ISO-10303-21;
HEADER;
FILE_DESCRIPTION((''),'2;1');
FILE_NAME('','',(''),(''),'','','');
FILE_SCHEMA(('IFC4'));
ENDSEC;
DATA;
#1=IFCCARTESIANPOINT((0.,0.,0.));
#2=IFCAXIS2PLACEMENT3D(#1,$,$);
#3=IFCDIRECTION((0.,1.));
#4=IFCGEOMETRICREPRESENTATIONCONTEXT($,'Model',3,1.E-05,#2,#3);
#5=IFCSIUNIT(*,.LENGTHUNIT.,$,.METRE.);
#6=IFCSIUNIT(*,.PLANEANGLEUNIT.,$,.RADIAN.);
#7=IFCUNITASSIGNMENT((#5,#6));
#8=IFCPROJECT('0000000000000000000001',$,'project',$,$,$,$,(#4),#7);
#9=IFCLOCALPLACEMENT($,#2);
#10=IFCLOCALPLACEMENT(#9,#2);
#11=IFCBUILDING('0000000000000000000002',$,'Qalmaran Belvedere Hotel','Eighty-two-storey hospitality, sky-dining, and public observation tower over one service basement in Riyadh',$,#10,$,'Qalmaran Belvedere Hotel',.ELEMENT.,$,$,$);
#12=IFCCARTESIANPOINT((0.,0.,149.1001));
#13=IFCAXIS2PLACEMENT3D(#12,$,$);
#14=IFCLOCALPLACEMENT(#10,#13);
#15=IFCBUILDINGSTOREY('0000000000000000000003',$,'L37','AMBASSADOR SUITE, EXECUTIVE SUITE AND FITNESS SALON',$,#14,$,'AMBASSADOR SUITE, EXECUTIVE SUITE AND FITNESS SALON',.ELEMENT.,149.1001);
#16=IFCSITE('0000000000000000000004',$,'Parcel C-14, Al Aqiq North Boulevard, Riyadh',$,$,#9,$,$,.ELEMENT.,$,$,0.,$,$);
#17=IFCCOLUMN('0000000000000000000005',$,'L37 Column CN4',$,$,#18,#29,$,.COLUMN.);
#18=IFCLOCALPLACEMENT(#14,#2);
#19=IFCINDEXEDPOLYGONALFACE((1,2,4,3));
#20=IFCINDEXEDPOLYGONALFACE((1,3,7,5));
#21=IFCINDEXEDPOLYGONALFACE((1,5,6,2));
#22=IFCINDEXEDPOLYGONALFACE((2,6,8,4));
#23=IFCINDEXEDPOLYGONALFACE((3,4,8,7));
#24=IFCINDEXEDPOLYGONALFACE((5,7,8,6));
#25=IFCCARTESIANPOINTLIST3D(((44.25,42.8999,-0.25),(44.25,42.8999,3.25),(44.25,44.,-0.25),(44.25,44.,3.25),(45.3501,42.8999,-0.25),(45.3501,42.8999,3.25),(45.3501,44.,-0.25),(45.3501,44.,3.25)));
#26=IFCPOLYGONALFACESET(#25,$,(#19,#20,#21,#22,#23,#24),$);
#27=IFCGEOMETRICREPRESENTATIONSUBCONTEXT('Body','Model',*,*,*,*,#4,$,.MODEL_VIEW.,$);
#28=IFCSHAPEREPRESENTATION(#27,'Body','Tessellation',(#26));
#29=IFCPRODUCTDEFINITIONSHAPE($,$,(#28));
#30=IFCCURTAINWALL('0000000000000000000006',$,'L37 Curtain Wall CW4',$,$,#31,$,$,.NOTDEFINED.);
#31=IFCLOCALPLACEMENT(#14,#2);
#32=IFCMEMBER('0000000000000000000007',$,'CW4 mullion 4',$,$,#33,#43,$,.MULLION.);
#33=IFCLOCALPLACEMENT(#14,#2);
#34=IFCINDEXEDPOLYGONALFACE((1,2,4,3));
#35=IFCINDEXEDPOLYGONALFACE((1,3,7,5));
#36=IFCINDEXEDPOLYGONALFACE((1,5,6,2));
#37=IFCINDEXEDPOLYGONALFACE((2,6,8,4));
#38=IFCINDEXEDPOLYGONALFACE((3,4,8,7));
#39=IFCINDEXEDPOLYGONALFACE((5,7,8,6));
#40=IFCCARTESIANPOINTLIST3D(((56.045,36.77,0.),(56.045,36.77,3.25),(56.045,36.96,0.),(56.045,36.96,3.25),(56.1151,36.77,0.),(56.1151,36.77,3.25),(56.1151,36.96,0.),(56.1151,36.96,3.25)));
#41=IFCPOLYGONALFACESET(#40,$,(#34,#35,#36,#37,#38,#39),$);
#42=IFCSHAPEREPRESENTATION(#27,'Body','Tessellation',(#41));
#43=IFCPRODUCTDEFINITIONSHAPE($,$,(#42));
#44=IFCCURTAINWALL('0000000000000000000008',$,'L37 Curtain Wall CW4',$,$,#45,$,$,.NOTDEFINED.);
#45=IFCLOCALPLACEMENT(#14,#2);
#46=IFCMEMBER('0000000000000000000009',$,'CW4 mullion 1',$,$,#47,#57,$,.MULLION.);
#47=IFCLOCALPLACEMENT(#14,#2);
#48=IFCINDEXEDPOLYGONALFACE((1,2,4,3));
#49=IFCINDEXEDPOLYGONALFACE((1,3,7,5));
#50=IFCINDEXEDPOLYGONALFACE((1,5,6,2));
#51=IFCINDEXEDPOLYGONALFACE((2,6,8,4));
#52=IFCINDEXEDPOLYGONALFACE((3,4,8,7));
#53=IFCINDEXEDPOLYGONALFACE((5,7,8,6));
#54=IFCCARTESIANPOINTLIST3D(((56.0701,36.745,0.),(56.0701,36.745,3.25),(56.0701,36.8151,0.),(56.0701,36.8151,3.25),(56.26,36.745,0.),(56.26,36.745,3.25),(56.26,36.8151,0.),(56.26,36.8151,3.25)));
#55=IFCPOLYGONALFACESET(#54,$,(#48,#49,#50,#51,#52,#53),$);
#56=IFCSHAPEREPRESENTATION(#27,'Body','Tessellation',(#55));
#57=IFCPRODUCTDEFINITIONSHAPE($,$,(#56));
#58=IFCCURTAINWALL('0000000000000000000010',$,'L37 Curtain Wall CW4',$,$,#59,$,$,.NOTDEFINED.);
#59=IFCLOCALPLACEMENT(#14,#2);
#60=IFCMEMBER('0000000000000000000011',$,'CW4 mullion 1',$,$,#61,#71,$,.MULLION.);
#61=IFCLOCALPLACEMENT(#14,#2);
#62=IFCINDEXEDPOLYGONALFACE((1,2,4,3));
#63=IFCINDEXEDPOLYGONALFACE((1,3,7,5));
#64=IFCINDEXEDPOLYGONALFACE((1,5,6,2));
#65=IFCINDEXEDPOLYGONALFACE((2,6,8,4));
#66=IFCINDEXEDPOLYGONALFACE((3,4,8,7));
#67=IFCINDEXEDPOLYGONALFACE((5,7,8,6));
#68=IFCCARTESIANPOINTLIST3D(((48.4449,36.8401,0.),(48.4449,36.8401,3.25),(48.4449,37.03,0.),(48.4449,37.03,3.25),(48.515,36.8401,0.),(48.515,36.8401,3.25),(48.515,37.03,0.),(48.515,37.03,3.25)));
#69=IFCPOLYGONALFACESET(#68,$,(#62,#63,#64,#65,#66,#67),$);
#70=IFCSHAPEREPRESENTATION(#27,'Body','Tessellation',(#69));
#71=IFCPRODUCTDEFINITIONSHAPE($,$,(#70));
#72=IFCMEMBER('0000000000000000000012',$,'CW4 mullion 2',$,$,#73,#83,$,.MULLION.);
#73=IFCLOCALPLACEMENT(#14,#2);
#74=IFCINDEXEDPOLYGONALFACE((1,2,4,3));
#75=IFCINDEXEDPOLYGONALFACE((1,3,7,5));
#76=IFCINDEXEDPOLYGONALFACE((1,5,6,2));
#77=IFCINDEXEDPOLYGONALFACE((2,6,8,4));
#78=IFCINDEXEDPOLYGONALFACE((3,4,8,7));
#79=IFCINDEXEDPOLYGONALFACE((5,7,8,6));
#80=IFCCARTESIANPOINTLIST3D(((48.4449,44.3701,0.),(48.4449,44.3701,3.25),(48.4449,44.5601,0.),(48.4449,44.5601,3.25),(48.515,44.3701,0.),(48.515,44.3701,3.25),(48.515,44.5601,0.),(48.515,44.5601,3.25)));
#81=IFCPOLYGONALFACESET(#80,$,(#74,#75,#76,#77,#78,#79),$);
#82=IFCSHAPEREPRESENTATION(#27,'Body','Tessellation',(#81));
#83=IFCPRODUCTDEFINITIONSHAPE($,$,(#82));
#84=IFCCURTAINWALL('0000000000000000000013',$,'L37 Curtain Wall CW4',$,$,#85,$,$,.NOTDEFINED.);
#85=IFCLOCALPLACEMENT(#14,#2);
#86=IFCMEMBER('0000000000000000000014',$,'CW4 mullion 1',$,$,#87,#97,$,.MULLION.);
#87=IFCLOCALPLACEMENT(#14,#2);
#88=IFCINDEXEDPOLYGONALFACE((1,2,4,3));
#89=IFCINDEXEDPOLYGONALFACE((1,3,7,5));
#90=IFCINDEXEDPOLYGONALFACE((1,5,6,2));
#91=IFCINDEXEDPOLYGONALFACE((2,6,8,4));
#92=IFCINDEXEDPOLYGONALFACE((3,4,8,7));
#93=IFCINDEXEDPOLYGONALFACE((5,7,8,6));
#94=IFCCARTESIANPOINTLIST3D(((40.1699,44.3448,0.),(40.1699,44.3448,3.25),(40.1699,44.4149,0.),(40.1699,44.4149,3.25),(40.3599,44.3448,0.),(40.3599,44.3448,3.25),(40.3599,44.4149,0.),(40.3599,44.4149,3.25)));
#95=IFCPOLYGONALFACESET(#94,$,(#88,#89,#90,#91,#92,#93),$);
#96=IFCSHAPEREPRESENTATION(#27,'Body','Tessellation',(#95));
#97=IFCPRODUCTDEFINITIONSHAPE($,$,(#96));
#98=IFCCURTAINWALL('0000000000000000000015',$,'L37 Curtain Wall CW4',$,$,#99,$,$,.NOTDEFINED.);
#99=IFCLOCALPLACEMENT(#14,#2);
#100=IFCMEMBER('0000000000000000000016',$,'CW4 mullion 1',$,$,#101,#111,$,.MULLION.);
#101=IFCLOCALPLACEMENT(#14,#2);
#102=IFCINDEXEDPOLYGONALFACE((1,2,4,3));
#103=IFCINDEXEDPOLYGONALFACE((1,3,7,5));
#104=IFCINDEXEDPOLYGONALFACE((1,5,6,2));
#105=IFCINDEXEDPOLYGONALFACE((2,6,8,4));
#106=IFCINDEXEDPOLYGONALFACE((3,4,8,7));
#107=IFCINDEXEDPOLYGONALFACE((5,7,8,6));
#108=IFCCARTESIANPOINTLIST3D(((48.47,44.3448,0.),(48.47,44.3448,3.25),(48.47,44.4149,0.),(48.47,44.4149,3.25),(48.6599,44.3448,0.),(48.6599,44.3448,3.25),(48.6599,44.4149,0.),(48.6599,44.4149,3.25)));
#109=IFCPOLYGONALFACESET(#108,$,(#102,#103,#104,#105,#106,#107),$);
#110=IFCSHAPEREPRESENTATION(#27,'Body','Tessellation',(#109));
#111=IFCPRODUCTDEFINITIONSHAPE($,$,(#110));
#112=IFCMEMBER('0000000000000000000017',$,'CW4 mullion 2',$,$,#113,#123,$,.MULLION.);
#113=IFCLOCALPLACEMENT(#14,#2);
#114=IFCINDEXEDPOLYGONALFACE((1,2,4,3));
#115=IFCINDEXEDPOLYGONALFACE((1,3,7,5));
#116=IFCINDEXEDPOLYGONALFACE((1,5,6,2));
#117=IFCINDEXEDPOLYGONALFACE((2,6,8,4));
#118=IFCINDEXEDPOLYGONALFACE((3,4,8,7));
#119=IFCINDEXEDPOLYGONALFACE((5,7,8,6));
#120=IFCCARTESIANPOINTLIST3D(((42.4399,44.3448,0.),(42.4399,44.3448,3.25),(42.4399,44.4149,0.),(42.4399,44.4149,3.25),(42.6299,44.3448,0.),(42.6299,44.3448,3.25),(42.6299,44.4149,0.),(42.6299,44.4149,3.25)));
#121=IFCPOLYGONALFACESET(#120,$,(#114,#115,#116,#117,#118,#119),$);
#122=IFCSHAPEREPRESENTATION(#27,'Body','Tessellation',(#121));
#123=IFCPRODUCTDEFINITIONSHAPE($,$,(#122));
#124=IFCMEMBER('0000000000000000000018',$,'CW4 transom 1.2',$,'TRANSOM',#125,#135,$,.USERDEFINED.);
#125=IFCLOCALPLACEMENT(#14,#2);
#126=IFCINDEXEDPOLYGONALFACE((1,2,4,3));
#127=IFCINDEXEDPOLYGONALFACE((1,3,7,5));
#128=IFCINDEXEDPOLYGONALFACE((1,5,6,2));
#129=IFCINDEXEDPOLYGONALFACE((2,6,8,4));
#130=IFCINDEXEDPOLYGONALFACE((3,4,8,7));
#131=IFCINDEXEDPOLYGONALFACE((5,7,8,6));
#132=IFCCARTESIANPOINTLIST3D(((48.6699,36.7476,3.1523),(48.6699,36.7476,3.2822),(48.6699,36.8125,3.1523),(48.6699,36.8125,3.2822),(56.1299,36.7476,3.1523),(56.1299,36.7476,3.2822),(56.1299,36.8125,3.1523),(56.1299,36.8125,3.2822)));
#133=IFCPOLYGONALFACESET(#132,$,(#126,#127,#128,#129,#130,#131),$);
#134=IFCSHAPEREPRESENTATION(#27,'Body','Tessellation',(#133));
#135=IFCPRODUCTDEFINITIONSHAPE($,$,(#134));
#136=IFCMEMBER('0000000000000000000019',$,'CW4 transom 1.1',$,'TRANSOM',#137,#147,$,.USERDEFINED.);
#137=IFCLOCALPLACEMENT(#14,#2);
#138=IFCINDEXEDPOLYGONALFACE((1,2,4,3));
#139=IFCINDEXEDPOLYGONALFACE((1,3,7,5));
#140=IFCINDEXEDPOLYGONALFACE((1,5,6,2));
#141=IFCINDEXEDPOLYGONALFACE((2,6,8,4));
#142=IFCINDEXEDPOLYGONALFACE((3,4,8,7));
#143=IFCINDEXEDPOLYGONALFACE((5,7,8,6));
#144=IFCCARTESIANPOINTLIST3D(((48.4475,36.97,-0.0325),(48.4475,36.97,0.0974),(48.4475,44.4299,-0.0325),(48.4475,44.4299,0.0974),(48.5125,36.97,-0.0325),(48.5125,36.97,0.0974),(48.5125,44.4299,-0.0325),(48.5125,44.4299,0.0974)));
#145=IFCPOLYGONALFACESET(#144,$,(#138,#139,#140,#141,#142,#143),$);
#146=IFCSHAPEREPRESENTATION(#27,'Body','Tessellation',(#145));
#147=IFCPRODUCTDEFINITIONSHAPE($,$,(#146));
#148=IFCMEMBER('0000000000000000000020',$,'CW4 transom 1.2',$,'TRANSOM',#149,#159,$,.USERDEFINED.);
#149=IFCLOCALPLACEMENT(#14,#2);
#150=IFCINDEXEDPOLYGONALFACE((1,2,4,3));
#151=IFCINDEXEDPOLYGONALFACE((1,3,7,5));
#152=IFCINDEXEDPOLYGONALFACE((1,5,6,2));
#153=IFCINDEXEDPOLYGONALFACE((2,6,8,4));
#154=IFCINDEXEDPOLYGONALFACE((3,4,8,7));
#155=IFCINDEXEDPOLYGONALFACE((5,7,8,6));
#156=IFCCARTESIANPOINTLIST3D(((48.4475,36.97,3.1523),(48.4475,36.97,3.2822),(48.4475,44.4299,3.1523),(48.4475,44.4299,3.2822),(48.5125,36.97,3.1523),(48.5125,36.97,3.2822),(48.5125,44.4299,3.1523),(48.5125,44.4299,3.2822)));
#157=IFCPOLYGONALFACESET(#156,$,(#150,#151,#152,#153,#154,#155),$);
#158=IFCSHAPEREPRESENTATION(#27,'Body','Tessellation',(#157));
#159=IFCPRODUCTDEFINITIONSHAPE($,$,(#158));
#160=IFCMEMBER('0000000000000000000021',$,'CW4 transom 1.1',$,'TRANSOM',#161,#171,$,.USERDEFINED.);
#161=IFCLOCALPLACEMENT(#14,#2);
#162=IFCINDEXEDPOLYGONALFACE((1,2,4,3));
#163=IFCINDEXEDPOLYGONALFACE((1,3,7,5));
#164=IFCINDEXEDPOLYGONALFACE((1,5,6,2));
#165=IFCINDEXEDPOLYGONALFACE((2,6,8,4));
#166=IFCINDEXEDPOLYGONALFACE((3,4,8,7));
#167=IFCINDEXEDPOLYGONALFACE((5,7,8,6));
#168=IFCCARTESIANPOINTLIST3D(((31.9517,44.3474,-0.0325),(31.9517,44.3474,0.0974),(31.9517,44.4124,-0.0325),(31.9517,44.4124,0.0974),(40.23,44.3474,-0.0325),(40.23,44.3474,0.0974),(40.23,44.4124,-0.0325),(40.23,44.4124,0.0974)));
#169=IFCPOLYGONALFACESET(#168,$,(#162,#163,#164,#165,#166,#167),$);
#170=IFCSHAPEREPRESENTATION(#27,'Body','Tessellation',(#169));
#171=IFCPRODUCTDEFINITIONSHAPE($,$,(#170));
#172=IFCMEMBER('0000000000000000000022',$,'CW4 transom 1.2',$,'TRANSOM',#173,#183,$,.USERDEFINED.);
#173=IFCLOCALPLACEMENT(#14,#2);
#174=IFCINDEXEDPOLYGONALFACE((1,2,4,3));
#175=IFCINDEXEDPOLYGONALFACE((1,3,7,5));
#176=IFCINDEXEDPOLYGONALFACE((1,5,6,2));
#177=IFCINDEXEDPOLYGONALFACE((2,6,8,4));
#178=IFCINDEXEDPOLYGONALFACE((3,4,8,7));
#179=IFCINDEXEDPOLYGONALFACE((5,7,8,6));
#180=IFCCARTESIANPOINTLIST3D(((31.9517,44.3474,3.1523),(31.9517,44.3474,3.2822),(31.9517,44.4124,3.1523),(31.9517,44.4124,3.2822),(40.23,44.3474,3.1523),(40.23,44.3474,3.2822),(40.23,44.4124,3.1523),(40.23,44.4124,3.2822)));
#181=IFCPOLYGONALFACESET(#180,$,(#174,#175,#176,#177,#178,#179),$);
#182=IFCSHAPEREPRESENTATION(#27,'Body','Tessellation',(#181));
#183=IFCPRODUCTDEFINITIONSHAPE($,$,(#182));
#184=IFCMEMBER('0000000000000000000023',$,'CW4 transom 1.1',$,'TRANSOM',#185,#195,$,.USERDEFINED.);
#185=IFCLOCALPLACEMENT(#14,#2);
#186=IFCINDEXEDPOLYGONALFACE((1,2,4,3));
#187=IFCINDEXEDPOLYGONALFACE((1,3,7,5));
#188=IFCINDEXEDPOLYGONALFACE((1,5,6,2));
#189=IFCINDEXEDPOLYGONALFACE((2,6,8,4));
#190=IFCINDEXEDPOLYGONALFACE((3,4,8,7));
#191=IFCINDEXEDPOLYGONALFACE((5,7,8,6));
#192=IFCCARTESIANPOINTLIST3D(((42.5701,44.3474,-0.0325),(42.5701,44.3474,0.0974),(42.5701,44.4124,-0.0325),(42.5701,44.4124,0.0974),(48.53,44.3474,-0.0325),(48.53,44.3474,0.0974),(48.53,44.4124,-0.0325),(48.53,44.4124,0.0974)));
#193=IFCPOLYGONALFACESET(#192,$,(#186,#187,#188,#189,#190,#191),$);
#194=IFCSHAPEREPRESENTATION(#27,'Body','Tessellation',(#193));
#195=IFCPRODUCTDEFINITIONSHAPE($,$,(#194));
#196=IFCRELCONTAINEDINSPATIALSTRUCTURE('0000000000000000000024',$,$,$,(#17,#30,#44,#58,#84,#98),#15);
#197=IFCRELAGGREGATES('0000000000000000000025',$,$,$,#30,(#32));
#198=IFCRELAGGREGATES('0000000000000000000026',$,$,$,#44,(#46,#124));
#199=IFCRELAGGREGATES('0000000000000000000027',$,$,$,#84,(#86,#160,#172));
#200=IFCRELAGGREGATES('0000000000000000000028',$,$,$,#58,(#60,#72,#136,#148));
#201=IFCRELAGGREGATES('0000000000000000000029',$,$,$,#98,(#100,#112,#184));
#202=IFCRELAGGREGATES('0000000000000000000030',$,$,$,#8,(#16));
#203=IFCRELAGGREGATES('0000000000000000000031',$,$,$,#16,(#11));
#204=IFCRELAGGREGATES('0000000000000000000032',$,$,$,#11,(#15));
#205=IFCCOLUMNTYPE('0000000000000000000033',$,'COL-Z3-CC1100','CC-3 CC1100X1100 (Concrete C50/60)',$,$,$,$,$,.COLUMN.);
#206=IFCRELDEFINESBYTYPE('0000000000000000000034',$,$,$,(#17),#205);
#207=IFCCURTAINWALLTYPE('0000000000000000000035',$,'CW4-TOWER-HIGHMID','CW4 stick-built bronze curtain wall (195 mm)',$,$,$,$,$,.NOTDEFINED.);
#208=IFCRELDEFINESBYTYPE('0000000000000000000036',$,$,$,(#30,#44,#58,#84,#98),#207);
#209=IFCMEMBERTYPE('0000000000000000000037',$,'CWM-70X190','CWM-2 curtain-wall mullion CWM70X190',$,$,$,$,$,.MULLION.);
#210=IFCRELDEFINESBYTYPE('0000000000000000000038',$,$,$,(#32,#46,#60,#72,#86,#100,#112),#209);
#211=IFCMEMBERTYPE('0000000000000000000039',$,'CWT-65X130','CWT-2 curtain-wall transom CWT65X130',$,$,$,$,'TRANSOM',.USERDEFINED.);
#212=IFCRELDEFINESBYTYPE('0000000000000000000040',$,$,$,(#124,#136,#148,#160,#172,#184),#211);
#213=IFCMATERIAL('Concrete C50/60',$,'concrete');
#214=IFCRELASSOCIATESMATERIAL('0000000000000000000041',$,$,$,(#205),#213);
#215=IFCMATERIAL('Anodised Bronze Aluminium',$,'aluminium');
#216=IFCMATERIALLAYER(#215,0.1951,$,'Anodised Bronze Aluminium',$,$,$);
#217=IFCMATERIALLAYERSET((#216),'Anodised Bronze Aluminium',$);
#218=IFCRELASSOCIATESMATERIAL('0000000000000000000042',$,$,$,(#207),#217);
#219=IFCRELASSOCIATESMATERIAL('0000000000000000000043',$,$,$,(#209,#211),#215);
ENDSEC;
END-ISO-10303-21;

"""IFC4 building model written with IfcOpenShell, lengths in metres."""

from ifc_helpers import new_model, si_unit, direction, frame, origin, origin_2d, place, context, subcontext, project, spatial, rectangle, extrude, material, layer, layer_set, material_profile, profile_set, type_object, element, aggregate, save


model = new_model("IFC4")

# Units and contexts
model_context = context("Model", 3, precision=1e-05, world=origin(), true_north=direction((0.0, 1.0)))
body_context = subcontext(model_context, "Body", "Model", "MODEL_VIEW")
ifc_project = project(units=[si_unit("LENGTHUNIT", "METRE"), si_unit("PLANEANGLEUNIT", "RADIAN")], contexts=[model_context])

# Site, building, storey
site_placement = place(None, origin())
site = spatial("IfcSite", under=ifc_project, at=site_placement, Name="Parcel C-14, Al Aqiq North Boulevard, Riyadh", CompositionType="ELEMENT", RefElevation=0.0)
building_placement = place(site_placement, origin())
building = spatial("IfcBuilding", under=site, at=building_placement, Name="Qalmaran Belvedere Hotel", Description="Eighty-two-storey hospitality, sky-dining, and public observation tower over one service basement in Riyadh", LongName="Qalmaran Belvedere Hotel", CompositionType="ELEMENT")
storey_placement = place(building_placement, frame((0.0, 0.0, 149.1001)))
storey = spatial("IfcBuildingStorey", under=building, at=storey_placement, Name="L37", Description="AMBASSADOR SUITE, EXECUTIVE SUITE AND FITNESS SALON", LongName="AMBASSADOR SUITE, EXECUTIVE SUITE AND FITNESS SALON", CompositionType="ELEMENT", Elevation=149.1001)

# Column
ifc_material_1 = material(Name="Concrete C50/60", Category="concrete")
ifc_material_profile_1 = material_profile(ifc_material_1, rectangle(XDim=1.1001, YDim=1.1001, at=origin_2d()), Name="CC1100X1100")
ifc_profile_set_1 = profile_set([ifc_material_profile_1], Name="Concrete C50/60")
column_type = type_object("IfcColumnType", Name="COL-Z3-CC1100", Description="CC-3 CC1100X1100 (Concrete C50/60)", PredefinedType="COLUMN", material=ifc_profile_set_1)
column_placement = place(storey_placement, frame((44.8, 43.45, -0.25), z_axis=(0.0, 0.0, 1.0), x_axis=(1.0, 0.0, 0.0)))
element("IfcColumn", 1, at=column_placement, inside=storey, type_object=column_type, Name="L37 Column CN4", PredefinedType="COLUMN", context=body_context, shape_type="SweptSolid", body=[
    extrude(rectangle(XDim=1.1001, YDim=1.1001, at=origin_2d()), origin(), (0.0, 0.0, 1.0), 3.5),
])

# Curtain walls, members
ifc_material_2 = material(Name="Anodised Bronze Aluminium", Category="aluminium")
ifc_layer_1 = layer(ifc_material_2, 0.1951, Name="Anodised Bronze Aluminium")
ifc_layer_set_1 = layer_set([ifc_layer_1], Name="Anodised Bronze Aluminium")
curtain_wall_type = type_object("IfcCurtainWallType", Name="CW4-TOWER-HIGHMID", Description="CW4 stick-built bronze curtain wall (195 mm)", PredefinedType="NOTDEFINED", material=ifc_layer_set_1)
curtain_wall_1_placement = place(storey_placement, origin())
curtain_wall_1 = element("IfcCurtainWall", 2, at=curtain_wall_1_placement, inside=storey, type_object=curtain_wall_type, Name="L37 Curtain Wall CW4", PredefinedType="NOTDEFINED")
ifc_material_profile_2 = material_profile(ifc_material_2, rectangle(XDim=0.0701, YDim=0.1899, at=origin_2d()), Name="CWM70X190")
ifc_profile_set_2 = profile_set([ifc_material_profile_2], Name="Anodised Bronze Aluminium")
member_type_1 = type_object("IfcMemberType", Name="CWM-70X190", Description="CWM-2 curtain-wall mullion CWM70X190", PredefinedType="MULLION", material=ifc_profile_set_2)
member_1_placement = place(storey_placement, frame((56.0801, 36.865, 0.0), z_axis=(0.0, 0.0, 1.0), x_axis=(-1.0, 0.0, 0.0)))
member_1 = element("IfcMember", 3, at=member_1_placement, type_object=member_type_1, Name="CW4 mullion 4", PredefinedType="MULLION", context=body_context, shape_type="SweptSolid", body=[
    extrude(rectangle(XDim=0.0701, YDim=0.1899, at=origin_2d()), origin(), (0.0, 0.0, 1.0), 3.25),
])
aggregate(curtain_wall_1, [member_1])
curtain_wall_2_placement = place(storey_placement, origin())
curtain_wall_2 = element("IfcCurtainWall", 4, at=curtain_wall_2_placement, inside=storey, type_object=curtain_wall_type, Name="L37 Curtain Wall CW4", PredefinedType="NOTDEFINED")
member_2_placement = place(storey_placement, frame((56.165, 36.78, 0.0), z_axis=(0.0, 0.0, 1.0), x_axis=(0.0, -1.0, 0.0)))
member_2 = element("IfcMember", 5, at=member_2_placement, type_object=member_type_1, Name="CW4 mullion 1", PredefinedType="MULLION", context=body_context, shape_type="SweptSolid", body=[
    extrude(rectangle(XDim=0.0701, YDim=0.1899, at=origin_2d()), origin(), (0.0, 0.0, 1.0), 3.25),
])

# Curtain wall, members
curtain_wall_3_placement = place(storey_placement, origin())
curtain_wall_3 = element("IfcCurtainWall", 6, at=curtain_wall_3_placement, inside=storey, type_object=curtain_wall_type, Name="L37 Curtain Wall CW4", PredefinedType="NOTDEFINED")
member_3_placement = place(storey_placement, frame((48.48, 36.9351, 0.0), z_axis=(0.0, 0.0, 1.0), x_axis=(-1.0, 0.0, 0.0)))
member_3 = element("IfcMember", 7, at=member_3_placement, type_object=member_type_1, Name="CW4 mullion 1", PredefinedType="MULLION", context=body_context, shape_type="SweptSolid", body=[
    extrude(rectangle(XDim=0.0701, YDim=0.1899, at=origin_2d()), origin(), (0.0, 0.0, 1.0), 3.25),
])
member_4_placement = place(storey_placement, frame((48.48, 44.4651, 0.0), z_axis=(0.0, 0.0, 1.0), x_axis=(-1.0, 0.0, 0.0)))
member_4 = element("IfcMember", 8, at=member_4_placement, type_object=member_type_1, Name="CW4 mullion 2", PredefinedType="MULLION", context=body_context, shape_type="SweptSolid", body=[
    extrude(rectangle(XDim=0.0701, YDim=0.1899, at=origin_2d()), origin(), (0.0, 0.0, 1.0), 3.25),
])

# Curtain wall, member
curtain_wall_4_placement = place(storey_placement, origin())
curtain_wall_4 = element("IfcCurtainWall", 9, at=curtain_wall_4_placement, inside=storey, type_object=curtain_wall_type, Name="L37 Curtain Wall CW4", PredefinedType="NOTDEFINED")
member_5_placement = place(storey_placement, frame((40.2649, 44.3799, 0.0), z_axis=(0.0, 0.0, 1.0), x_axis=(0.0, -1.0, 0.0)))
member_5 = element("IfcMember", 10, at=member_5_placement, type_object=member_type_1, Name="CW4 mullion 1", PredefinedType="MULLION", context=body_context, shape_type="SweptSolid", body=[
    extrude(rectangle(XDim=0.0701, YDim=0.1899, at=origin_2d()), origin(), (0.0, 0.0, 1.0), 3.25),
])

# Curtain wall, members
curtain_wall_5_placement = place(storey_placement, origin())
curtain_wall_5 = element("IfcCurtainWall", 11, at=curtain_wall_5_placement, inside=storey, type_object=curtain_wall_type, Name="L37 Curtain Wall CW4", PredefinedType="NOTDEFINED")
member_6_placement = place(storey_placement, frame((48.5649, 44.3799, 0.0), z_axis=(0.0, 0.0, 1.0), x_axis=(0.0, -1.0, 0.0)))
member_6 = element("IfcMember", 12, at=member_6_placement, type_object=member_type_1, Name="CW4 mullion 1", PredefinedType="MULLION", context=body_context, shape_type="SweptSolid", body=[
    extrude(rectangle(XDim=0.0701, YDim=0.1899, at=origin_2d()), origin(), (0.0, 0.0, 1.0), 3.25),
])
member_7_placement = place(storey_placement, frame((42.5349, 44.3799, 0.0), z_axis=(0.0, 0.0, 1.0), x_axis=(0.0, -1.0, 0.0)))
member_7 = element("IfcMember", 13, at=member_7_placement, type_object=member_type_1, Name="CW4 mullion 2", PredefinedType="MULLION", context=body_context, shape_type="SweptSolid", body=[
    extrude(rectangle(XDim=0.0701, YDim=0.1899, at=origin_2d()), origin(), (0.0, 0.0, 1.0), 3.25),
])

# Members
ifc_material_profile_3 = material_profile(ifc_material_2, rectangle(XDim=0.0649, YDim=0.1299, at=origin_2d()), Name="CWT65X130")
ifc_profile_set_3 = profile_set([ifc_material_profile_3], Name="Anodised Bronze Aluminium")
member_type_2 = type_object("IfcMemberType", Name="CWT-65X130", Description="CWT-2 curtain-wall transom CWT65X130", ElementType="TRANSOM", PredefinedType="USERDEFINED", material=ifc_profile_set_3)
member_8_placement = place(storey_placement, frame((56.1299, 36.78, 3.2173), z_axis=(-1.0, 0.0, 0.0), x_axis=(0.0, -1.0, 0.0)))
member_8 = element("IfcMember", 14, at=member_8_placement, type_object=member_type_2, Name="CW4 transom 1.2", ObjectType="TRANSOM", PredefinedType="USERDEFINED", context=body_context, shape_type="SweptSolid", body=[
    extrude(rectangle(XDim=0.0649, YDim=0.1299, at=origin_2d()), origin(), (0.0, 0.0, 1.0), 7.46),
])
aggregate(curtain_wall_2, [member_2, member_8])
member_9_placement = place(storey_placement, frame((48.48, 36.97, 0.0325), z_axis=(0.0, 1.0, 0.0), x_axis=(-1.0, 0.0, 0.0)))
member_9 = element("IfcMember", 15, at=member_9_placement, type_object=member_type_2, Name="CW4 transom 1.1", ObjectType="TRANSOM", PredefinedType="USERDEFINED", context=body_context, shape_type="SweptSolid", body=[
    extrude(rectangle(XDim=0.0649, YDim=0.1299, at=origin_2d()), origin(), (0.0, 0.0, 1.0), 7.46),
])
member_10_placement = place(storey_placement, frame((48.48, 36.97, 3.2173), z_axis=(0.0, 1.0, 0.0), x_axis=(-1.0, 0.0, 0.0)))
member_10 = element("IfcMember", 16, at=member_10_placement, type_object=member_type_2, Name="CW4 transom 1.2", ObjectType="TRANSOM", PredefinedType="USERDEFINED", context=body_context, shape_type="SweptSolid", body=[
    extrude(rectangle(XDim=0.0649, YDim=0.1299, at=origin_2d()), origin(), (0.0, 0.0, 1.0), 7.46),
])
member_11_placement = place(storey_placement, frame((40.23, 44.3799, 0.0325), z_axis=(-1.0, 0.0, 0.0), x_axis=(0.0, -1.0, 0.0)))
member_11 = element("IfcMember", 17, at=member_11_placement, type_object=member_type_2, Name="CW4 transom 1.1", ObjectType="TRANSOM", PredefinedType="USERDEFINED", context=body_context, shape_type="SweptSolid", body=[
    extrude(rectangle(XDim=0.0649, YDim=0.1299, at=origin_2d()), origin(), (0.0, 0.0, 1.0), 8.2783),
])
member_12_placement = place(storey_placement, frame((40.23, 44.3799, 3.2173), z_axis=(-1.0, 0.0, 0.0), x_axis=(0.0, -1.0, 0.0)))
member_12 = element("IfcMember", 18, at=member_12_placement, type_object=member_type_2, Name="CW4 transom 1.2", ObjectType="TRANSOM", PredefinedType="USERDEFINED", context=body_context, shape_type="SweptSolid", body=[
    extrude(rectangle(XDim=0.0649, YDim=0.1299, at=origin_2d()), origin(), (0.0, 0.0, 1.0), 8.2783),
])
aggregate(curtain_wall_4, [member_5, member_11, member_12])
member_13_placement = place(storey_placement, frame((48.53, 44.3799, 0.0325), z_axis=(-1.0, 0.0, 0.0), x_axis=(0.0, -1.0, 0.0)))
member_13 = element("IfcMember", 19, at=member_13_placement, type_object=member_type_2, Name="CW4 transom 1.1", ObjectType="TRANSOM", PredefinedType="USERDEFINED", context=body_context, shape_type="SweptSolid", body=[
    extrude(rectangle(XDim=0.0649, YDim=0.1299, at=origin_2d()), origin(), (0.0, 0.0, 1.0), 5.96),
])

aggregate(curtain_wall_3, [member_3, member_4, member_9, member_10])
aggregate(curtain_wall_5, [member_6, member_7, member_13])

save(model, "model.ifc")
